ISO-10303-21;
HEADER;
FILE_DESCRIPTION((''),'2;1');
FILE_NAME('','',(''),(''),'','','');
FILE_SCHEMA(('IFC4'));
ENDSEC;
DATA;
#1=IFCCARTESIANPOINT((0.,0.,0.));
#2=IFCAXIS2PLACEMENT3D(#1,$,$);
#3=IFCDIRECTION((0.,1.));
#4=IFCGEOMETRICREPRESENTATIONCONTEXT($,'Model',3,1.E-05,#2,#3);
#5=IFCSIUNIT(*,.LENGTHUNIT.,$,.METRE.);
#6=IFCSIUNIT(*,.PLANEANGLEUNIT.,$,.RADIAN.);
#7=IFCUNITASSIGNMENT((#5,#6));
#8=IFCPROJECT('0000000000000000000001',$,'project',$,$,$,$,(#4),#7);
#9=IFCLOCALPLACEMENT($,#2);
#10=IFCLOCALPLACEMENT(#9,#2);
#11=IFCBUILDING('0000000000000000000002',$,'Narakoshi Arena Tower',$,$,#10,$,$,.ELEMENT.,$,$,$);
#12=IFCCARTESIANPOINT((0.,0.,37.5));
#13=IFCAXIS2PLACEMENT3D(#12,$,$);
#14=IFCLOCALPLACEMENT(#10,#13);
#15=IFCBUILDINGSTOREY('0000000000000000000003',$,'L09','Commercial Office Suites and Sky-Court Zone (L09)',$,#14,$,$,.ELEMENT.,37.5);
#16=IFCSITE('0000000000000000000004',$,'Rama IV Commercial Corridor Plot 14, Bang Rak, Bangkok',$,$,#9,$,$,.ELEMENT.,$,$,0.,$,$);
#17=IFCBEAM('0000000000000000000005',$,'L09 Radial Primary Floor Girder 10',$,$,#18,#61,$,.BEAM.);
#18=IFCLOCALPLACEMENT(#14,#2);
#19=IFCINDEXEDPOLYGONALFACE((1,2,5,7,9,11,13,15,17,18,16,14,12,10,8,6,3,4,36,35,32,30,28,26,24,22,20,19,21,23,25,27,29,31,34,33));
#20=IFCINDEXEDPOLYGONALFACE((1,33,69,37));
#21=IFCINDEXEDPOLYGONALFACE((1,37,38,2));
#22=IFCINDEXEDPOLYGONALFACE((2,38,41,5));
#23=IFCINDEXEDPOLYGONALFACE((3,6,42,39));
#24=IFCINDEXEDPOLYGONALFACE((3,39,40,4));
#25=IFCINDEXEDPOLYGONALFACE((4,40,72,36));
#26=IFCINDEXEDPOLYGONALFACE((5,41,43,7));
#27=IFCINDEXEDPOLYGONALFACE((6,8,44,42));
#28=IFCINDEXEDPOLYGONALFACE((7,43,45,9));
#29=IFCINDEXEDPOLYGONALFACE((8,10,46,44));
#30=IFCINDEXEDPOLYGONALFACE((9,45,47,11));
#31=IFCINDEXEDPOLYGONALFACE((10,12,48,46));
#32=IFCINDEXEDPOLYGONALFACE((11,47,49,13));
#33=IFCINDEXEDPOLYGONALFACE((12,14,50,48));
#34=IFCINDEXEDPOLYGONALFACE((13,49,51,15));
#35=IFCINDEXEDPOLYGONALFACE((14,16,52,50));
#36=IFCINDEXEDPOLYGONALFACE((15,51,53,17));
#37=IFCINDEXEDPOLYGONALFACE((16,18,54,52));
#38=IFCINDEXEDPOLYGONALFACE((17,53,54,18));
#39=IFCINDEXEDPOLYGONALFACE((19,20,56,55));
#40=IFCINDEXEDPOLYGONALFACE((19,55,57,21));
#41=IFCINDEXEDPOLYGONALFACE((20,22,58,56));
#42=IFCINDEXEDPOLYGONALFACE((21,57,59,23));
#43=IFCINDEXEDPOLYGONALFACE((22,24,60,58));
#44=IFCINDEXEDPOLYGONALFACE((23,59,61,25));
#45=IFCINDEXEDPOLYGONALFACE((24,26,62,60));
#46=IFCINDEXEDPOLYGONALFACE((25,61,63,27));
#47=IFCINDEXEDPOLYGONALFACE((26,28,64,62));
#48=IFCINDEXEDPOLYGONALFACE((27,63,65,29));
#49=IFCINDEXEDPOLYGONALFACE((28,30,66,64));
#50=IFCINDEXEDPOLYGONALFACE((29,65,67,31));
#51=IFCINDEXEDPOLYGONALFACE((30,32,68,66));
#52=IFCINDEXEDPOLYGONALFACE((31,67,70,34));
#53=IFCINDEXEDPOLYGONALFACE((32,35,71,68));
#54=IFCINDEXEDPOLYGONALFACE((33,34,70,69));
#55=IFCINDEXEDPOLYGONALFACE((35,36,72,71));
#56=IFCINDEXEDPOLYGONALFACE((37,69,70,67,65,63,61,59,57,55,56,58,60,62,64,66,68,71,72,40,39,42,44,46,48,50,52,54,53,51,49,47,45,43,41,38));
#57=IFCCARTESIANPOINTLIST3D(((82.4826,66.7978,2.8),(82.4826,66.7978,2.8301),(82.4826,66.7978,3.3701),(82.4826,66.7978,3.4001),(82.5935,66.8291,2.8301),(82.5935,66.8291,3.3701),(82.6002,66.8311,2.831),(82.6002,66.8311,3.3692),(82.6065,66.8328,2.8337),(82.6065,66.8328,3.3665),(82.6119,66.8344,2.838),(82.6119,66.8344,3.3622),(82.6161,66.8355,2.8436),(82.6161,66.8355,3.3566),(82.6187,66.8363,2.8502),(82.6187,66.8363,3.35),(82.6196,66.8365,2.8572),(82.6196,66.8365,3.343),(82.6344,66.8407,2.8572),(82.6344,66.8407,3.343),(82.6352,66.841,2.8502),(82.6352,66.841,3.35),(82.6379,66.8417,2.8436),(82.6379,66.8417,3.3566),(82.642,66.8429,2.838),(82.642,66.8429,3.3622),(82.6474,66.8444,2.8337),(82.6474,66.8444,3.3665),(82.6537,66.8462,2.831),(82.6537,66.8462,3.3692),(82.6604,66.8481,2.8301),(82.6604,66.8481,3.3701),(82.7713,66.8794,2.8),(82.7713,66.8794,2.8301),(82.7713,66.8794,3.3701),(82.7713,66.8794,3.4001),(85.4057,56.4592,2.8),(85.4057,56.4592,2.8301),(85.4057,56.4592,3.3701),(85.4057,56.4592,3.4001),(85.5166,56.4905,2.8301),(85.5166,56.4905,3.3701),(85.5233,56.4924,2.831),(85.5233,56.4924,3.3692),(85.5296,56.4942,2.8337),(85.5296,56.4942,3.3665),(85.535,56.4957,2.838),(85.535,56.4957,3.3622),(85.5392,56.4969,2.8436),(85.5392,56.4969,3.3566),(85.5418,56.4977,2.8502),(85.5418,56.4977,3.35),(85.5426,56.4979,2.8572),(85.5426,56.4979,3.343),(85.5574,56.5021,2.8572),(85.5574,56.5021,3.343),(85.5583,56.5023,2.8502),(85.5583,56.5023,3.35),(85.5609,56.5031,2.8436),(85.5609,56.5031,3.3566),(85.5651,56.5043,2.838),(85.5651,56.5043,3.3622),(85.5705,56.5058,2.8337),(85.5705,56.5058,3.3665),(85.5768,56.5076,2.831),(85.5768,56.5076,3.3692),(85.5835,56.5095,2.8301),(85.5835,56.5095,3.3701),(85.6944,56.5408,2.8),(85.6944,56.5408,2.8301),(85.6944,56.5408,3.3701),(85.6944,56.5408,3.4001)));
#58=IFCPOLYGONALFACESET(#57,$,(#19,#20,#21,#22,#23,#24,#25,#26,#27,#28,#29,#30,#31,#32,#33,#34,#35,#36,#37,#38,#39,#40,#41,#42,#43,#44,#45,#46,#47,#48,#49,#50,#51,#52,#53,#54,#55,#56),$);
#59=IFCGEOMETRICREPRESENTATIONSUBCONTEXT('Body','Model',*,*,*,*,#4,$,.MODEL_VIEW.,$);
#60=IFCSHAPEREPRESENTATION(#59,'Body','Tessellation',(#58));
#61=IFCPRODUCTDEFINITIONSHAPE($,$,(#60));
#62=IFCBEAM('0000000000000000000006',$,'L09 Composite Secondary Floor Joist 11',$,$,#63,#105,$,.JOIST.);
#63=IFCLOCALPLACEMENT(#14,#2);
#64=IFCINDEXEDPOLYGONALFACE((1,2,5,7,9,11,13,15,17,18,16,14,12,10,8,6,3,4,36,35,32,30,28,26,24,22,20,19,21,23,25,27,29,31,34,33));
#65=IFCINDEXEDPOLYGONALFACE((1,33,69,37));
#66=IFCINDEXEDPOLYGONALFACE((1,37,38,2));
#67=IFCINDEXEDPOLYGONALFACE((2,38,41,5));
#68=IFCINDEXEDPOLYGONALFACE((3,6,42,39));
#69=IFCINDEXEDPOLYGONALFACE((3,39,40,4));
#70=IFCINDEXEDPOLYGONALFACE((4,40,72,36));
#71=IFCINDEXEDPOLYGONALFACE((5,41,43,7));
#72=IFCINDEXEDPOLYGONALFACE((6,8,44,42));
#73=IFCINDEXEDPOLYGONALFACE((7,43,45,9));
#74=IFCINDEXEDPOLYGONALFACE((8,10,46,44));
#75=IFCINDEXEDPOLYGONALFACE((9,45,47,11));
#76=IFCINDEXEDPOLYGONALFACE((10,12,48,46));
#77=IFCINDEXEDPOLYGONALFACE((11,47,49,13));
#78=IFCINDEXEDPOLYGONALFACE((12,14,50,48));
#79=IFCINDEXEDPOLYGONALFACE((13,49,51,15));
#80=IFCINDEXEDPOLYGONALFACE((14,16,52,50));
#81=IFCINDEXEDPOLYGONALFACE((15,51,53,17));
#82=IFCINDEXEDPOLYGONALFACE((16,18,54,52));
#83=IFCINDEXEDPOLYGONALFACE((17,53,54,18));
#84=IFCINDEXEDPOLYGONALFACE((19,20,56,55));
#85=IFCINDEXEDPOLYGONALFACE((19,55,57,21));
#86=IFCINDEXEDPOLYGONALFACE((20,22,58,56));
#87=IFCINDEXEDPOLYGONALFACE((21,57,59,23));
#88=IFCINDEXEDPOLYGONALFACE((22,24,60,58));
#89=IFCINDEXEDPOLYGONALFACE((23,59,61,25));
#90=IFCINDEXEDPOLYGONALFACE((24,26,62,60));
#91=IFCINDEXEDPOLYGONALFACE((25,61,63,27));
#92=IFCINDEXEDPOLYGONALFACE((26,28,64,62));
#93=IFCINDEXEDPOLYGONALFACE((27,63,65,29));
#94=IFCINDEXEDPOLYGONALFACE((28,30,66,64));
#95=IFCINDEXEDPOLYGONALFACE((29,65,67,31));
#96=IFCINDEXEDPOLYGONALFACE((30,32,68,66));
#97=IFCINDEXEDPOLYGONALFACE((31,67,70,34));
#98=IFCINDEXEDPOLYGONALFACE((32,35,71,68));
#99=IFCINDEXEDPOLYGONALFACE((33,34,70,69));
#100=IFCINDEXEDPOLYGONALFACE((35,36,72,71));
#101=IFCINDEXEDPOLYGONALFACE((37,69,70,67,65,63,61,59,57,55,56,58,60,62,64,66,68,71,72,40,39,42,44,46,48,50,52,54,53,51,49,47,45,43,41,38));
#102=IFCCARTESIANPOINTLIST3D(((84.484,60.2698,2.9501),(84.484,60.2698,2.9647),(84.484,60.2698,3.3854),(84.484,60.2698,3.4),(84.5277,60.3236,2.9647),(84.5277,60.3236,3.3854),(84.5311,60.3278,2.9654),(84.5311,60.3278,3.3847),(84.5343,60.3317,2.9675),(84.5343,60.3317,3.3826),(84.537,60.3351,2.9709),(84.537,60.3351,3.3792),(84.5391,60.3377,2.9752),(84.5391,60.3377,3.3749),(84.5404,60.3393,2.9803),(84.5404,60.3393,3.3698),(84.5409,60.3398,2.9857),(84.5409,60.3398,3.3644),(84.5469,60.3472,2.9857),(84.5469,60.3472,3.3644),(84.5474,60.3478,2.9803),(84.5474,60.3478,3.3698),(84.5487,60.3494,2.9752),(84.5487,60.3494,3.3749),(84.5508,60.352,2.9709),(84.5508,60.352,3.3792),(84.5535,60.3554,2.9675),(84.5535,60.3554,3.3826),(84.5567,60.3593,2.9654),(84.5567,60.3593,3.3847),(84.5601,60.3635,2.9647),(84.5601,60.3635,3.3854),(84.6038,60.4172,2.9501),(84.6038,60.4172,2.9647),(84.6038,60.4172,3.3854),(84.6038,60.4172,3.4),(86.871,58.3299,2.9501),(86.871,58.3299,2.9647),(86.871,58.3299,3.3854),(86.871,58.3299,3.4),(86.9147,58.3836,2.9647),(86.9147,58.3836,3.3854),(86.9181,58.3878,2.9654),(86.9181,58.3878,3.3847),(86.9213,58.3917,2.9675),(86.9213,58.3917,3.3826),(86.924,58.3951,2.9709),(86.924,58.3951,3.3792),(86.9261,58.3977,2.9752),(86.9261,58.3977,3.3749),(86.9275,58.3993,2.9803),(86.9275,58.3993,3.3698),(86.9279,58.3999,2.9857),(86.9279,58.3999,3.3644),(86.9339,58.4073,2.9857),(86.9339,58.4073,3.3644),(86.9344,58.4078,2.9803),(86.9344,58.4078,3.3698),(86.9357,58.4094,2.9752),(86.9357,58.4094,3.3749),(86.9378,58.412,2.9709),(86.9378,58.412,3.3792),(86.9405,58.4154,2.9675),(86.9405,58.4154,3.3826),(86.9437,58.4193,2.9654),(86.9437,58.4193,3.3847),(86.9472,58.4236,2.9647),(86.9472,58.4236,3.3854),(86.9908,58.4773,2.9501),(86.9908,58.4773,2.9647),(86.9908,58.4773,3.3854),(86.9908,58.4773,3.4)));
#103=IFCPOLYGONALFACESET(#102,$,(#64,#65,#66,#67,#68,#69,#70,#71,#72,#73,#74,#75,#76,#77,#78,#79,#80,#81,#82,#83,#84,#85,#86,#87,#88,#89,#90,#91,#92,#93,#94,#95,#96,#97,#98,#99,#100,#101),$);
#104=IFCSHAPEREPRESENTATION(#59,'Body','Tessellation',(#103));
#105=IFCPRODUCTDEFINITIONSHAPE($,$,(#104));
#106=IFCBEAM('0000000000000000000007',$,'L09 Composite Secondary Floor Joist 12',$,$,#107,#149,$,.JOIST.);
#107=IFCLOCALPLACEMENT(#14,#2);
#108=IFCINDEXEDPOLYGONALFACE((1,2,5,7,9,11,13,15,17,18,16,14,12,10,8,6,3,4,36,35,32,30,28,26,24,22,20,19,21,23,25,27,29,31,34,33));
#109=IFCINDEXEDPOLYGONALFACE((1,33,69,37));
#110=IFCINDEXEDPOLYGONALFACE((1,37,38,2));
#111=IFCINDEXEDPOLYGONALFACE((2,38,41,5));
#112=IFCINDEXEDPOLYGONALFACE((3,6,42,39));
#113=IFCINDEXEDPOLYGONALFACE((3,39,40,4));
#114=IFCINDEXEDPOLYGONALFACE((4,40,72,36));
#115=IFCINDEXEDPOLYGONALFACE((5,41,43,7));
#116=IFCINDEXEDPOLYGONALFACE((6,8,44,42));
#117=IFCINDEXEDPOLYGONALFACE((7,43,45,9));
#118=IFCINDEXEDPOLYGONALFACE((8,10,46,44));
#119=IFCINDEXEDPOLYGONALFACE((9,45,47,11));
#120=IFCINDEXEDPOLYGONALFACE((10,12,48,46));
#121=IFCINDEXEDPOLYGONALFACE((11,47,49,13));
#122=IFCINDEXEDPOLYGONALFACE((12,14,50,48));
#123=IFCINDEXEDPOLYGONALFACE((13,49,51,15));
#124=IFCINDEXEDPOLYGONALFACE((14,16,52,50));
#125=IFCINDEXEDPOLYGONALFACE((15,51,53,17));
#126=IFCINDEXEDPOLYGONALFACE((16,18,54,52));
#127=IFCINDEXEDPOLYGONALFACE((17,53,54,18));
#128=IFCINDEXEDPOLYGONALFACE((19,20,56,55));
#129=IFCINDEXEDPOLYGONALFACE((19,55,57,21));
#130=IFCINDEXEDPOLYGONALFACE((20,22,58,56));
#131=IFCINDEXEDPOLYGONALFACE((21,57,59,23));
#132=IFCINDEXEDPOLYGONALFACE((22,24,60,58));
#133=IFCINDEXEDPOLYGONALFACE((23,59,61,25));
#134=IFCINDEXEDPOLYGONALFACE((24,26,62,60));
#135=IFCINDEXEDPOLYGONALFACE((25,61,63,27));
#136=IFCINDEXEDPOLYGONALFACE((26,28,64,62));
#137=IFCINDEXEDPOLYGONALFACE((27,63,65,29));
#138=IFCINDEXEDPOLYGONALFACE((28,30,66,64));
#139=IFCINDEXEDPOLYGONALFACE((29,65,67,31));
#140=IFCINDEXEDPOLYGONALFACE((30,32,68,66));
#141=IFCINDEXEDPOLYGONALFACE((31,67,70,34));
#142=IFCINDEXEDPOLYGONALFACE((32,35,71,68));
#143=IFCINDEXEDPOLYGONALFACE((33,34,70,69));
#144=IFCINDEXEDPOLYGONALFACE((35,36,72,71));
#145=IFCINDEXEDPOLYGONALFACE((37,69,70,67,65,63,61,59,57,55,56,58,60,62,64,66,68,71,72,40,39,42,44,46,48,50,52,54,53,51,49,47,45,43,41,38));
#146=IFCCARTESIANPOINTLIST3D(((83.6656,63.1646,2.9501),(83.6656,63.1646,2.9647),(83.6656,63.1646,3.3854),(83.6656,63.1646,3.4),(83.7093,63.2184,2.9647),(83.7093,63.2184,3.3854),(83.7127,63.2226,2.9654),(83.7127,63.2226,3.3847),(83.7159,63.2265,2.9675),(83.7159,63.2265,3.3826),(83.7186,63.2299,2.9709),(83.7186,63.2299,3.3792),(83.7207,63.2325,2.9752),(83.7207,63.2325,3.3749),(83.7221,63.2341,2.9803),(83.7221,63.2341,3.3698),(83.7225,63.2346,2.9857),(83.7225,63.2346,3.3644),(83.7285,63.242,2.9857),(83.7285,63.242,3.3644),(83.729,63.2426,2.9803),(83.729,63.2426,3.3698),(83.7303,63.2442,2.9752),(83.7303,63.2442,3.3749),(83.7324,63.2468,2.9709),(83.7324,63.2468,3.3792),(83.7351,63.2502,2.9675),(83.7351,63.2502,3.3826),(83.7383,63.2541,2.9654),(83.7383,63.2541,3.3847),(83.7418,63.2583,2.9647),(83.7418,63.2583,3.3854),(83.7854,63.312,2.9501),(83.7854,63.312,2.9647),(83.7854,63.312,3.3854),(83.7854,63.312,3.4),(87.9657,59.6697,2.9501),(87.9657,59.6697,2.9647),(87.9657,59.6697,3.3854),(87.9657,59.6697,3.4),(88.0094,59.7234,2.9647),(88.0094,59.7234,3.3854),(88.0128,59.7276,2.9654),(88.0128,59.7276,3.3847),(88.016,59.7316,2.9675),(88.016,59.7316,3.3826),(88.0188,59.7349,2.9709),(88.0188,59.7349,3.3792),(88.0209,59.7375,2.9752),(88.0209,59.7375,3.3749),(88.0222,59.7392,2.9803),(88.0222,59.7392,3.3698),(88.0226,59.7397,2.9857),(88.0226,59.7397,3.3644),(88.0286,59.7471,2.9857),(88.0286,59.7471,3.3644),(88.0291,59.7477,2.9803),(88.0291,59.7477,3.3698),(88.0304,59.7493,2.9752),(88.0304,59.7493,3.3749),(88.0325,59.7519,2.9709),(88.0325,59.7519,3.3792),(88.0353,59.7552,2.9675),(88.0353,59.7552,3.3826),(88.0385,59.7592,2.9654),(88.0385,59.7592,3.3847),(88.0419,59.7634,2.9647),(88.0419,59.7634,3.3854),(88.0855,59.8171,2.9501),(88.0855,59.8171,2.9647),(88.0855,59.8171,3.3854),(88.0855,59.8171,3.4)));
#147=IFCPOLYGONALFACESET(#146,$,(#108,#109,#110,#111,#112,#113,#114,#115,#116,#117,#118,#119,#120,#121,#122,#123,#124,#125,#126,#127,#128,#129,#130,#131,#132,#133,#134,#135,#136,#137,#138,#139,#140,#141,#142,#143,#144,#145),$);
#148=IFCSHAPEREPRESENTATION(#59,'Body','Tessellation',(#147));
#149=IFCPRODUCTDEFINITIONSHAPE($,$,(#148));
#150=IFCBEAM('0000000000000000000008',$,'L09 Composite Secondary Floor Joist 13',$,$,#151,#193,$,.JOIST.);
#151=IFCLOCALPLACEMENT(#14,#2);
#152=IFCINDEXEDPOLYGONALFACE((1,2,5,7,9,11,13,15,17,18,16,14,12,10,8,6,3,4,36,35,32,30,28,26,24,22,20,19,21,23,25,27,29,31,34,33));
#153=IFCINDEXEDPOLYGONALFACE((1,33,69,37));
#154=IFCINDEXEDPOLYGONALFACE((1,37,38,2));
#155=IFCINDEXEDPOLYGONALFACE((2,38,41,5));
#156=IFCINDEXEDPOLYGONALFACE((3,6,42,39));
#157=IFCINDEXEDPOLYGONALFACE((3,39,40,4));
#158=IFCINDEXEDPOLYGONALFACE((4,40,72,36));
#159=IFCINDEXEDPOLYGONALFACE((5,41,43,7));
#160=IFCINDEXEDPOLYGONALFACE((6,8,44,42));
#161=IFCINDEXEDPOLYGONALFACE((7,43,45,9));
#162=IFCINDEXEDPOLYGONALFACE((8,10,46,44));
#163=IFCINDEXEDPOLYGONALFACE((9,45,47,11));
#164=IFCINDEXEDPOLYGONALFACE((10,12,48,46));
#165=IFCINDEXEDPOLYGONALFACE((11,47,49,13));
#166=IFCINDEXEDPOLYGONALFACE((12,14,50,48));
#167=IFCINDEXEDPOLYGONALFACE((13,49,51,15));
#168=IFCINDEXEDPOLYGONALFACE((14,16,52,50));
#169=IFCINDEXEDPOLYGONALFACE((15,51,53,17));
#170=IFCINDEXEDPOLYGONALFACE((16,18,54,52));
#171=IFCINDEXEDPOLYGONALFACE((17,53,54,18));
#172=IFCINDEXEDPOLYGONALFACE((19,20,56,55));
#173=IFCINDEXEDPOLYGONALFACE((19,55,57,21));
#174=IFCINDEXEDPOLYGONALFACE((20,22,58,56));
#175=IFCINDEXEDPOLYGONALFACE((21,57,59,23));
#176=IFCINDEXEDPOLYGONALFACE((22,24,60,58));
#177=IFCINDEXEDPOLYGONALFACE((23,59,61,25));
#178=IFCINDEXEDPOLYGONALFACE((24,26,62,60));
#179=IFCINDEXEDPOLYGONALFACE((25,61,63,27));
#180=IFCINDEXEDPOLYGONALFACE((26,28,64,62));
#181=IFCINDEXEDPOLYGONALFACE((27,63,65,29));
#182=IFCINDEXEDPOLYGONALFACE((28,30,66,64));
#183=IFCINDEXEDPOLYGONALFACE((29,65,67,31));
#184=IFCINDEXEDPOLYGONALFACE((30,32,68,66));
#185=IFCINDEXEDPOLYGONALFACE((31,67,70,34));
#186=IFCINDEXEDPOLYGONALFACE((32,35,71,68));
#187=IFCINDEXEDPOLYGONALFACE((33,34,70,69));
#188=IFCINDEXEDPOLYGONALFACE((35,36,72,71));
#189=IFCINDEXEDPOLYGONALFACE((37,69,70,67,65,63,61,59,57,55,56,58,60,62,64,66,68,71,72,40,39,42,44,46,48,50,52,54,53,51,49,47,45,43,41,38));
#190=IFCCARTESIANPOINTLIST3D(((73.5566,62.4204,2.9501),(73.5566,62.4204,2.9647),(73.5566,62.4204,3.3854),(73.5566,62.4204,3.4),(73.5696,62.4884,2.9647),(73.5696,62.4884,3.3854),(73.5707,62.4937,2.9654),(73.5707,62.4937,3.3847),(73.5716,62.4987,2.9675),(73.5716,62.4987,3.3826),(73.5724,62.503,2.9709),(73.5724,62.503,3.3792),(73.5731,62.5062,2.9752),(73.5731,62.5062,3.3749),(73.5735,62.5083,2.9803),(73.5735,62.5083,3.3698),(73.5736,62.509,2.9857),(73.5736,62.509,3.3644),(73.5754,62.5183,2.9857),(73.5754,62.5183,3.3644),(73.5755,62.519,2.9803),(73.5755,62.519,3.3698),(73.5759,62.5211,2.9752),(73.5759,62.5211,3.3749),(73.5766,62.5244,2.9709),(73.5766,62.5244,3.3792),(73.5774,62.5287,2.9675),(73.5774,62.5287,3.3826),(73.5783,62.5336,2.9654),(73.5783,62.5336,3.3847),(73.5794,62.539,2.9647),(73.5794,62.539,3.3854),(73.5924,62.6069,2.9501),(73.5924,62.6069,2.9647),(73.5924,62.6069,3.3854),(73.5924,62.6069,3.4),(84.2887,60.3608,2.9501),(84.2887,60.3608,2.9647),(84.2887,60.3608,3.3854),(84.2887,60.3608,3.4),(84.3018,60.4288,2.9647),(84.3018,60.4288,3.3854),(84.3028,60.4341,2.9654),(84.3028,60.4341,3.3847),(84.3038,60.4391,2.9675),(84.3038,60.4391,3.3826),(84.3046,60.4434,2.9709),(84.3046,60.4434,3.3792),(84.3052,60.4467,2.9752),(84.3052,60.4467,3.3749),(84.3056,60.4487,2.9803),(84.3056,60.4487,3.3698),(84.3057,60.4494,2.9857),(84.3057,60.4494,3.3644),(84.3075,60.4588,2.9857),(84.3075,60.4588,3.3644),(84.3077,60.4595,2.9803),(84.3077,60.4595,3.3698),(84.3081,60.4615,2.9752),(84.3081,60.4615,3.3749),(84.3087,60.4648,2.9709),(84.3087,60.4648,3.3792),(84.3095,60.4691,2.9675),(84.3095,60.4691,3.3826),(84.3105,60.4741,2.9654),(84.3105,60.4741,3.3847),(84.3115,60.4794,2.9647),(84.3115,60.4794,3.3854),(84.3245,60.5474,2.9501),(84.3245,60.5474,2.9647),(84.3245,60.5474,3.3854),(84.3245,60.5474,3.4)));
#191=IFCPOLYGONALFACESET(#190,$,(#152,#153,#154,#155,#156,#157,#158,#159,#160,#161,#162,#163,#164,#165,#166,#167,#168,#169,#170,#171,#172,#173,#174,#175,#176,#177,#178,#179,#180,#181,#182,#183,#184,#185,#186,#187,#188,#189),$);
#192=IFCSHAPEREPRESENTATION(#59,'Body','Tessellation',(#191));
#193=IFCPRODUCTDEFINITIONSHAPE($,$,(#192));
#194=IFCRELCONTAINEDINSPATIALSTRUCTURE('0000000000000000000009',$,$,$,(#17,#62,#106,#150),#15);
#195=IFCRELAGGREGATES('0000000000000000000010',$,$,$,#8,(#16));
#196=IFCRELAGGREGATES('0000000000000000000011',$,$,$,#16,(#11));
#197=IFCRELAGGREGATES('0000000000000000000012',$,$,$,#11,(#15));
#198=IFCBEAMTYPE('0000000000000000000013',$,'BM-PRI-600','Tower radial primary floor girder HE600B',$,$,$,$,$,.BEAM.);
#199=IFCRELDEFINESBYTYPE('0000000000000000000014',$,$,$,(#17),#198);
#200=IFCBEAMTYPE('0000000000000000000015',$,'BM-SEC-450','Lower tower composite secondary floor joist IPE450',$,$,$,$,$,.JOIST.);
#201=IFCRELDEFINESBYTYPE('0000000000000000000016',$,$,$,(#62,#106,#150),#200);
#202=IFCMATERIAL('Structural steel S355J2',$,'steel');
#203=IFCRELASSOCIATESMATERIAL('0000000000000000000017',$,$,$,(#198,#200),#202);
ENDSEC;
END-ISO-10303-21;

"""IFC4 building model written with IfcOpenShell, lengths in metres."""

from ifc_helpers import new_model, si_unit, direction, frame, origin, origin_2d, place, context, subcontext, project, spatial, i_section, extrude, material, material_profile, profile_set, type_object, element, save


model = new_model("IFC4")

# Units and contexts
model_context = context("Model", 3, precision=1e-05, world=origin(), true_north=direction((0.0, 1.0)))
body_context = subcontext(model_context, "Body", "Model", "MODEL_VIEW")
ifc_project = project(units=[si_unit("LENGTHUNIT", "METRE"), si_unit("PLANEANGLEUNIT", "RADIAN")], contexts=[model_context])

# Site, building, storey
site_placement = place(None, origin())
site = spatial("IfcSite", under=ifc_project, at=site_placement, Name="Rama IV Commercial Corridor Plot 14, Bang Rak, Bangkok", CompositionType="ELEMENT", RefElevation=0.0)
building_placement = place(site_placement, origin())
building = spatial("IfcBuilding", under=site, at=building_placement, Name="Narakoshi Arena Tower", CompositionType="ELEMENT")
storey_placement = place(building_placement, frame((0.0, 0.0, 37.5)))
storey = spatial("IfcBuildingStorey", under=building, at=storey_placement, Name="L09", Description="Commercial Office Suites and Sky-Court Zone (L09)", CompositionType="ELEMENT", Elevation=37.5)

# Beams
ifc_material_1 = material(Name="Structural steel S355J2", Category="steel")
ifc_material_profile_1 = material_profile(ifc_material_1, i_section(OverallWidth=0.3, OverallDepth=0.6001, WebThickness=0.0154, FlangeThickness=0.03, FilletRadius=0.0271, at=origin_2d()), Name="HE600B")
ifc_profile_set_1 = profile_set([ifc_material_profile_1], Name="Structural steel S355J2")
beam_type_1 = type_object("IfcBeamType", Name="BM-PRI-600", Description="Tower radial primary floor girder HE600B", PredefinedType="BEAM", material=ifc_profile_set_1)
beam_1_placement = place(storey_placement, frame((85.55, 56.5, 3.1001), z_axis=(-0.27207, 0.962277, 0.0), x_axis=(-0.962277, -0.27207, 0.0)))
element("IfcBeam", 1, at=beam_1_placement, inside=storey, type_object=beam_type_1, Name="L09 Radial Primary Floor Girder 10", PredefinedType="BEAM", context=body_context, shape_type="SweptSolid", body=[
    extrude(i_section(OverallWidth=0.3, OverallDepth=0.6001, WebThickness=0.0154, FlangeThickness=0.03, FilletRadius=0.0271, at=origin_2d()), origin(), (0.0, 0.0, 1.0), 10.7439),
])
ifc_material_profile_2 = material_profile(ifc_material_1, i_section(OverallWidth=0.1899, OverallDepth=0.45, WebThickness=0.0095, FlangeThickness=0.0146, FilletRadius=0.021, at=origin_2d()), Name="IPE450")
ifc_profile_set_2 = profile_set([ifc_material_profile_2], Name="Structural steel S355J2")
beam_type_2 = type_object("IfcBeamType", Name="BM-SEC-450", Description="Lower tower composite secondary floor joist IPE450", PredefinedType="JOIST", material=ifc_profile_set_2)
beam_2_placement = place(storey_placement, frame((86.9309, 58.4036, 3.175), z_axis=(-0.776029, 0.630697, 0.0), x_axis=(-0.630697, -0.776029, 0.0)))
element("IfcBeam", 2, at=beam_2_placement, inside=storey, type_object=beam_type_2, Name="L09 Composite Secondary Floor Joist 11", PredefinedType="JOIST", context=body_context, shape_type="SweptSolid", body=[
    extrude(i_section(OverallWidth=0.1899, OverallDepth=0.45, WebThickness=0.0095, FlangeThickness=0.0146, FilletRadius=0.021, at=origin_2d()), origin(), (0.0, 0.0, 1.0), 3.0759),
])
beam_3_placement = place(storey_placement, frame((88.0256, 59.7434, 3.175), z_axis=(-0.776018, 0.63071, 0.0), x_axis=(-0.63071, -0.776018, 0.0)))
element("IfcBeam", 3, at=beam_3_placement, inside=storey, type_object=beam_type_2, Name="L09 Composite Secondary Floor Joist 12", PredefinedType="JOIST", context=body_context, shape_type="SweptSolid", body=[
    extrude(i_section(OverallWidth=0.1899, OverallDepth=0.45, WebThickness=0.0095, FlangeThickness=0.0146, FilletRadius=0.021, at=origin_2d()), origin(), (0.0, 0.0, 1.0), 5.5413),
])
beam_4_placement = place(storey_placement, frame((84.3066, 60.4541, 3.175), z_axis=(-0.98208, 0.188467, 0.0), x_axis=(-0.188467, -0.98208, 0.0)))
element("IfcBeam", 4, at=beam_4_placement, inside=storey, type_object=beam_type_2, Name="L09 Composite Secondary Floor Joist 13", PredefinedType="JOIST", context=body_context, shape_type="SweptSolid", body=[
    extrude(i_section(OverallWidth=0.1899, OverallDepth=0.45, WebThickness=0.0095, FlangeThickness=0.0146, FilletRadius=0.021, at=origin_2d()), origin(), (0.0, 0.0, 1.0), 10.928),
])

save(model, "model.ifc")
